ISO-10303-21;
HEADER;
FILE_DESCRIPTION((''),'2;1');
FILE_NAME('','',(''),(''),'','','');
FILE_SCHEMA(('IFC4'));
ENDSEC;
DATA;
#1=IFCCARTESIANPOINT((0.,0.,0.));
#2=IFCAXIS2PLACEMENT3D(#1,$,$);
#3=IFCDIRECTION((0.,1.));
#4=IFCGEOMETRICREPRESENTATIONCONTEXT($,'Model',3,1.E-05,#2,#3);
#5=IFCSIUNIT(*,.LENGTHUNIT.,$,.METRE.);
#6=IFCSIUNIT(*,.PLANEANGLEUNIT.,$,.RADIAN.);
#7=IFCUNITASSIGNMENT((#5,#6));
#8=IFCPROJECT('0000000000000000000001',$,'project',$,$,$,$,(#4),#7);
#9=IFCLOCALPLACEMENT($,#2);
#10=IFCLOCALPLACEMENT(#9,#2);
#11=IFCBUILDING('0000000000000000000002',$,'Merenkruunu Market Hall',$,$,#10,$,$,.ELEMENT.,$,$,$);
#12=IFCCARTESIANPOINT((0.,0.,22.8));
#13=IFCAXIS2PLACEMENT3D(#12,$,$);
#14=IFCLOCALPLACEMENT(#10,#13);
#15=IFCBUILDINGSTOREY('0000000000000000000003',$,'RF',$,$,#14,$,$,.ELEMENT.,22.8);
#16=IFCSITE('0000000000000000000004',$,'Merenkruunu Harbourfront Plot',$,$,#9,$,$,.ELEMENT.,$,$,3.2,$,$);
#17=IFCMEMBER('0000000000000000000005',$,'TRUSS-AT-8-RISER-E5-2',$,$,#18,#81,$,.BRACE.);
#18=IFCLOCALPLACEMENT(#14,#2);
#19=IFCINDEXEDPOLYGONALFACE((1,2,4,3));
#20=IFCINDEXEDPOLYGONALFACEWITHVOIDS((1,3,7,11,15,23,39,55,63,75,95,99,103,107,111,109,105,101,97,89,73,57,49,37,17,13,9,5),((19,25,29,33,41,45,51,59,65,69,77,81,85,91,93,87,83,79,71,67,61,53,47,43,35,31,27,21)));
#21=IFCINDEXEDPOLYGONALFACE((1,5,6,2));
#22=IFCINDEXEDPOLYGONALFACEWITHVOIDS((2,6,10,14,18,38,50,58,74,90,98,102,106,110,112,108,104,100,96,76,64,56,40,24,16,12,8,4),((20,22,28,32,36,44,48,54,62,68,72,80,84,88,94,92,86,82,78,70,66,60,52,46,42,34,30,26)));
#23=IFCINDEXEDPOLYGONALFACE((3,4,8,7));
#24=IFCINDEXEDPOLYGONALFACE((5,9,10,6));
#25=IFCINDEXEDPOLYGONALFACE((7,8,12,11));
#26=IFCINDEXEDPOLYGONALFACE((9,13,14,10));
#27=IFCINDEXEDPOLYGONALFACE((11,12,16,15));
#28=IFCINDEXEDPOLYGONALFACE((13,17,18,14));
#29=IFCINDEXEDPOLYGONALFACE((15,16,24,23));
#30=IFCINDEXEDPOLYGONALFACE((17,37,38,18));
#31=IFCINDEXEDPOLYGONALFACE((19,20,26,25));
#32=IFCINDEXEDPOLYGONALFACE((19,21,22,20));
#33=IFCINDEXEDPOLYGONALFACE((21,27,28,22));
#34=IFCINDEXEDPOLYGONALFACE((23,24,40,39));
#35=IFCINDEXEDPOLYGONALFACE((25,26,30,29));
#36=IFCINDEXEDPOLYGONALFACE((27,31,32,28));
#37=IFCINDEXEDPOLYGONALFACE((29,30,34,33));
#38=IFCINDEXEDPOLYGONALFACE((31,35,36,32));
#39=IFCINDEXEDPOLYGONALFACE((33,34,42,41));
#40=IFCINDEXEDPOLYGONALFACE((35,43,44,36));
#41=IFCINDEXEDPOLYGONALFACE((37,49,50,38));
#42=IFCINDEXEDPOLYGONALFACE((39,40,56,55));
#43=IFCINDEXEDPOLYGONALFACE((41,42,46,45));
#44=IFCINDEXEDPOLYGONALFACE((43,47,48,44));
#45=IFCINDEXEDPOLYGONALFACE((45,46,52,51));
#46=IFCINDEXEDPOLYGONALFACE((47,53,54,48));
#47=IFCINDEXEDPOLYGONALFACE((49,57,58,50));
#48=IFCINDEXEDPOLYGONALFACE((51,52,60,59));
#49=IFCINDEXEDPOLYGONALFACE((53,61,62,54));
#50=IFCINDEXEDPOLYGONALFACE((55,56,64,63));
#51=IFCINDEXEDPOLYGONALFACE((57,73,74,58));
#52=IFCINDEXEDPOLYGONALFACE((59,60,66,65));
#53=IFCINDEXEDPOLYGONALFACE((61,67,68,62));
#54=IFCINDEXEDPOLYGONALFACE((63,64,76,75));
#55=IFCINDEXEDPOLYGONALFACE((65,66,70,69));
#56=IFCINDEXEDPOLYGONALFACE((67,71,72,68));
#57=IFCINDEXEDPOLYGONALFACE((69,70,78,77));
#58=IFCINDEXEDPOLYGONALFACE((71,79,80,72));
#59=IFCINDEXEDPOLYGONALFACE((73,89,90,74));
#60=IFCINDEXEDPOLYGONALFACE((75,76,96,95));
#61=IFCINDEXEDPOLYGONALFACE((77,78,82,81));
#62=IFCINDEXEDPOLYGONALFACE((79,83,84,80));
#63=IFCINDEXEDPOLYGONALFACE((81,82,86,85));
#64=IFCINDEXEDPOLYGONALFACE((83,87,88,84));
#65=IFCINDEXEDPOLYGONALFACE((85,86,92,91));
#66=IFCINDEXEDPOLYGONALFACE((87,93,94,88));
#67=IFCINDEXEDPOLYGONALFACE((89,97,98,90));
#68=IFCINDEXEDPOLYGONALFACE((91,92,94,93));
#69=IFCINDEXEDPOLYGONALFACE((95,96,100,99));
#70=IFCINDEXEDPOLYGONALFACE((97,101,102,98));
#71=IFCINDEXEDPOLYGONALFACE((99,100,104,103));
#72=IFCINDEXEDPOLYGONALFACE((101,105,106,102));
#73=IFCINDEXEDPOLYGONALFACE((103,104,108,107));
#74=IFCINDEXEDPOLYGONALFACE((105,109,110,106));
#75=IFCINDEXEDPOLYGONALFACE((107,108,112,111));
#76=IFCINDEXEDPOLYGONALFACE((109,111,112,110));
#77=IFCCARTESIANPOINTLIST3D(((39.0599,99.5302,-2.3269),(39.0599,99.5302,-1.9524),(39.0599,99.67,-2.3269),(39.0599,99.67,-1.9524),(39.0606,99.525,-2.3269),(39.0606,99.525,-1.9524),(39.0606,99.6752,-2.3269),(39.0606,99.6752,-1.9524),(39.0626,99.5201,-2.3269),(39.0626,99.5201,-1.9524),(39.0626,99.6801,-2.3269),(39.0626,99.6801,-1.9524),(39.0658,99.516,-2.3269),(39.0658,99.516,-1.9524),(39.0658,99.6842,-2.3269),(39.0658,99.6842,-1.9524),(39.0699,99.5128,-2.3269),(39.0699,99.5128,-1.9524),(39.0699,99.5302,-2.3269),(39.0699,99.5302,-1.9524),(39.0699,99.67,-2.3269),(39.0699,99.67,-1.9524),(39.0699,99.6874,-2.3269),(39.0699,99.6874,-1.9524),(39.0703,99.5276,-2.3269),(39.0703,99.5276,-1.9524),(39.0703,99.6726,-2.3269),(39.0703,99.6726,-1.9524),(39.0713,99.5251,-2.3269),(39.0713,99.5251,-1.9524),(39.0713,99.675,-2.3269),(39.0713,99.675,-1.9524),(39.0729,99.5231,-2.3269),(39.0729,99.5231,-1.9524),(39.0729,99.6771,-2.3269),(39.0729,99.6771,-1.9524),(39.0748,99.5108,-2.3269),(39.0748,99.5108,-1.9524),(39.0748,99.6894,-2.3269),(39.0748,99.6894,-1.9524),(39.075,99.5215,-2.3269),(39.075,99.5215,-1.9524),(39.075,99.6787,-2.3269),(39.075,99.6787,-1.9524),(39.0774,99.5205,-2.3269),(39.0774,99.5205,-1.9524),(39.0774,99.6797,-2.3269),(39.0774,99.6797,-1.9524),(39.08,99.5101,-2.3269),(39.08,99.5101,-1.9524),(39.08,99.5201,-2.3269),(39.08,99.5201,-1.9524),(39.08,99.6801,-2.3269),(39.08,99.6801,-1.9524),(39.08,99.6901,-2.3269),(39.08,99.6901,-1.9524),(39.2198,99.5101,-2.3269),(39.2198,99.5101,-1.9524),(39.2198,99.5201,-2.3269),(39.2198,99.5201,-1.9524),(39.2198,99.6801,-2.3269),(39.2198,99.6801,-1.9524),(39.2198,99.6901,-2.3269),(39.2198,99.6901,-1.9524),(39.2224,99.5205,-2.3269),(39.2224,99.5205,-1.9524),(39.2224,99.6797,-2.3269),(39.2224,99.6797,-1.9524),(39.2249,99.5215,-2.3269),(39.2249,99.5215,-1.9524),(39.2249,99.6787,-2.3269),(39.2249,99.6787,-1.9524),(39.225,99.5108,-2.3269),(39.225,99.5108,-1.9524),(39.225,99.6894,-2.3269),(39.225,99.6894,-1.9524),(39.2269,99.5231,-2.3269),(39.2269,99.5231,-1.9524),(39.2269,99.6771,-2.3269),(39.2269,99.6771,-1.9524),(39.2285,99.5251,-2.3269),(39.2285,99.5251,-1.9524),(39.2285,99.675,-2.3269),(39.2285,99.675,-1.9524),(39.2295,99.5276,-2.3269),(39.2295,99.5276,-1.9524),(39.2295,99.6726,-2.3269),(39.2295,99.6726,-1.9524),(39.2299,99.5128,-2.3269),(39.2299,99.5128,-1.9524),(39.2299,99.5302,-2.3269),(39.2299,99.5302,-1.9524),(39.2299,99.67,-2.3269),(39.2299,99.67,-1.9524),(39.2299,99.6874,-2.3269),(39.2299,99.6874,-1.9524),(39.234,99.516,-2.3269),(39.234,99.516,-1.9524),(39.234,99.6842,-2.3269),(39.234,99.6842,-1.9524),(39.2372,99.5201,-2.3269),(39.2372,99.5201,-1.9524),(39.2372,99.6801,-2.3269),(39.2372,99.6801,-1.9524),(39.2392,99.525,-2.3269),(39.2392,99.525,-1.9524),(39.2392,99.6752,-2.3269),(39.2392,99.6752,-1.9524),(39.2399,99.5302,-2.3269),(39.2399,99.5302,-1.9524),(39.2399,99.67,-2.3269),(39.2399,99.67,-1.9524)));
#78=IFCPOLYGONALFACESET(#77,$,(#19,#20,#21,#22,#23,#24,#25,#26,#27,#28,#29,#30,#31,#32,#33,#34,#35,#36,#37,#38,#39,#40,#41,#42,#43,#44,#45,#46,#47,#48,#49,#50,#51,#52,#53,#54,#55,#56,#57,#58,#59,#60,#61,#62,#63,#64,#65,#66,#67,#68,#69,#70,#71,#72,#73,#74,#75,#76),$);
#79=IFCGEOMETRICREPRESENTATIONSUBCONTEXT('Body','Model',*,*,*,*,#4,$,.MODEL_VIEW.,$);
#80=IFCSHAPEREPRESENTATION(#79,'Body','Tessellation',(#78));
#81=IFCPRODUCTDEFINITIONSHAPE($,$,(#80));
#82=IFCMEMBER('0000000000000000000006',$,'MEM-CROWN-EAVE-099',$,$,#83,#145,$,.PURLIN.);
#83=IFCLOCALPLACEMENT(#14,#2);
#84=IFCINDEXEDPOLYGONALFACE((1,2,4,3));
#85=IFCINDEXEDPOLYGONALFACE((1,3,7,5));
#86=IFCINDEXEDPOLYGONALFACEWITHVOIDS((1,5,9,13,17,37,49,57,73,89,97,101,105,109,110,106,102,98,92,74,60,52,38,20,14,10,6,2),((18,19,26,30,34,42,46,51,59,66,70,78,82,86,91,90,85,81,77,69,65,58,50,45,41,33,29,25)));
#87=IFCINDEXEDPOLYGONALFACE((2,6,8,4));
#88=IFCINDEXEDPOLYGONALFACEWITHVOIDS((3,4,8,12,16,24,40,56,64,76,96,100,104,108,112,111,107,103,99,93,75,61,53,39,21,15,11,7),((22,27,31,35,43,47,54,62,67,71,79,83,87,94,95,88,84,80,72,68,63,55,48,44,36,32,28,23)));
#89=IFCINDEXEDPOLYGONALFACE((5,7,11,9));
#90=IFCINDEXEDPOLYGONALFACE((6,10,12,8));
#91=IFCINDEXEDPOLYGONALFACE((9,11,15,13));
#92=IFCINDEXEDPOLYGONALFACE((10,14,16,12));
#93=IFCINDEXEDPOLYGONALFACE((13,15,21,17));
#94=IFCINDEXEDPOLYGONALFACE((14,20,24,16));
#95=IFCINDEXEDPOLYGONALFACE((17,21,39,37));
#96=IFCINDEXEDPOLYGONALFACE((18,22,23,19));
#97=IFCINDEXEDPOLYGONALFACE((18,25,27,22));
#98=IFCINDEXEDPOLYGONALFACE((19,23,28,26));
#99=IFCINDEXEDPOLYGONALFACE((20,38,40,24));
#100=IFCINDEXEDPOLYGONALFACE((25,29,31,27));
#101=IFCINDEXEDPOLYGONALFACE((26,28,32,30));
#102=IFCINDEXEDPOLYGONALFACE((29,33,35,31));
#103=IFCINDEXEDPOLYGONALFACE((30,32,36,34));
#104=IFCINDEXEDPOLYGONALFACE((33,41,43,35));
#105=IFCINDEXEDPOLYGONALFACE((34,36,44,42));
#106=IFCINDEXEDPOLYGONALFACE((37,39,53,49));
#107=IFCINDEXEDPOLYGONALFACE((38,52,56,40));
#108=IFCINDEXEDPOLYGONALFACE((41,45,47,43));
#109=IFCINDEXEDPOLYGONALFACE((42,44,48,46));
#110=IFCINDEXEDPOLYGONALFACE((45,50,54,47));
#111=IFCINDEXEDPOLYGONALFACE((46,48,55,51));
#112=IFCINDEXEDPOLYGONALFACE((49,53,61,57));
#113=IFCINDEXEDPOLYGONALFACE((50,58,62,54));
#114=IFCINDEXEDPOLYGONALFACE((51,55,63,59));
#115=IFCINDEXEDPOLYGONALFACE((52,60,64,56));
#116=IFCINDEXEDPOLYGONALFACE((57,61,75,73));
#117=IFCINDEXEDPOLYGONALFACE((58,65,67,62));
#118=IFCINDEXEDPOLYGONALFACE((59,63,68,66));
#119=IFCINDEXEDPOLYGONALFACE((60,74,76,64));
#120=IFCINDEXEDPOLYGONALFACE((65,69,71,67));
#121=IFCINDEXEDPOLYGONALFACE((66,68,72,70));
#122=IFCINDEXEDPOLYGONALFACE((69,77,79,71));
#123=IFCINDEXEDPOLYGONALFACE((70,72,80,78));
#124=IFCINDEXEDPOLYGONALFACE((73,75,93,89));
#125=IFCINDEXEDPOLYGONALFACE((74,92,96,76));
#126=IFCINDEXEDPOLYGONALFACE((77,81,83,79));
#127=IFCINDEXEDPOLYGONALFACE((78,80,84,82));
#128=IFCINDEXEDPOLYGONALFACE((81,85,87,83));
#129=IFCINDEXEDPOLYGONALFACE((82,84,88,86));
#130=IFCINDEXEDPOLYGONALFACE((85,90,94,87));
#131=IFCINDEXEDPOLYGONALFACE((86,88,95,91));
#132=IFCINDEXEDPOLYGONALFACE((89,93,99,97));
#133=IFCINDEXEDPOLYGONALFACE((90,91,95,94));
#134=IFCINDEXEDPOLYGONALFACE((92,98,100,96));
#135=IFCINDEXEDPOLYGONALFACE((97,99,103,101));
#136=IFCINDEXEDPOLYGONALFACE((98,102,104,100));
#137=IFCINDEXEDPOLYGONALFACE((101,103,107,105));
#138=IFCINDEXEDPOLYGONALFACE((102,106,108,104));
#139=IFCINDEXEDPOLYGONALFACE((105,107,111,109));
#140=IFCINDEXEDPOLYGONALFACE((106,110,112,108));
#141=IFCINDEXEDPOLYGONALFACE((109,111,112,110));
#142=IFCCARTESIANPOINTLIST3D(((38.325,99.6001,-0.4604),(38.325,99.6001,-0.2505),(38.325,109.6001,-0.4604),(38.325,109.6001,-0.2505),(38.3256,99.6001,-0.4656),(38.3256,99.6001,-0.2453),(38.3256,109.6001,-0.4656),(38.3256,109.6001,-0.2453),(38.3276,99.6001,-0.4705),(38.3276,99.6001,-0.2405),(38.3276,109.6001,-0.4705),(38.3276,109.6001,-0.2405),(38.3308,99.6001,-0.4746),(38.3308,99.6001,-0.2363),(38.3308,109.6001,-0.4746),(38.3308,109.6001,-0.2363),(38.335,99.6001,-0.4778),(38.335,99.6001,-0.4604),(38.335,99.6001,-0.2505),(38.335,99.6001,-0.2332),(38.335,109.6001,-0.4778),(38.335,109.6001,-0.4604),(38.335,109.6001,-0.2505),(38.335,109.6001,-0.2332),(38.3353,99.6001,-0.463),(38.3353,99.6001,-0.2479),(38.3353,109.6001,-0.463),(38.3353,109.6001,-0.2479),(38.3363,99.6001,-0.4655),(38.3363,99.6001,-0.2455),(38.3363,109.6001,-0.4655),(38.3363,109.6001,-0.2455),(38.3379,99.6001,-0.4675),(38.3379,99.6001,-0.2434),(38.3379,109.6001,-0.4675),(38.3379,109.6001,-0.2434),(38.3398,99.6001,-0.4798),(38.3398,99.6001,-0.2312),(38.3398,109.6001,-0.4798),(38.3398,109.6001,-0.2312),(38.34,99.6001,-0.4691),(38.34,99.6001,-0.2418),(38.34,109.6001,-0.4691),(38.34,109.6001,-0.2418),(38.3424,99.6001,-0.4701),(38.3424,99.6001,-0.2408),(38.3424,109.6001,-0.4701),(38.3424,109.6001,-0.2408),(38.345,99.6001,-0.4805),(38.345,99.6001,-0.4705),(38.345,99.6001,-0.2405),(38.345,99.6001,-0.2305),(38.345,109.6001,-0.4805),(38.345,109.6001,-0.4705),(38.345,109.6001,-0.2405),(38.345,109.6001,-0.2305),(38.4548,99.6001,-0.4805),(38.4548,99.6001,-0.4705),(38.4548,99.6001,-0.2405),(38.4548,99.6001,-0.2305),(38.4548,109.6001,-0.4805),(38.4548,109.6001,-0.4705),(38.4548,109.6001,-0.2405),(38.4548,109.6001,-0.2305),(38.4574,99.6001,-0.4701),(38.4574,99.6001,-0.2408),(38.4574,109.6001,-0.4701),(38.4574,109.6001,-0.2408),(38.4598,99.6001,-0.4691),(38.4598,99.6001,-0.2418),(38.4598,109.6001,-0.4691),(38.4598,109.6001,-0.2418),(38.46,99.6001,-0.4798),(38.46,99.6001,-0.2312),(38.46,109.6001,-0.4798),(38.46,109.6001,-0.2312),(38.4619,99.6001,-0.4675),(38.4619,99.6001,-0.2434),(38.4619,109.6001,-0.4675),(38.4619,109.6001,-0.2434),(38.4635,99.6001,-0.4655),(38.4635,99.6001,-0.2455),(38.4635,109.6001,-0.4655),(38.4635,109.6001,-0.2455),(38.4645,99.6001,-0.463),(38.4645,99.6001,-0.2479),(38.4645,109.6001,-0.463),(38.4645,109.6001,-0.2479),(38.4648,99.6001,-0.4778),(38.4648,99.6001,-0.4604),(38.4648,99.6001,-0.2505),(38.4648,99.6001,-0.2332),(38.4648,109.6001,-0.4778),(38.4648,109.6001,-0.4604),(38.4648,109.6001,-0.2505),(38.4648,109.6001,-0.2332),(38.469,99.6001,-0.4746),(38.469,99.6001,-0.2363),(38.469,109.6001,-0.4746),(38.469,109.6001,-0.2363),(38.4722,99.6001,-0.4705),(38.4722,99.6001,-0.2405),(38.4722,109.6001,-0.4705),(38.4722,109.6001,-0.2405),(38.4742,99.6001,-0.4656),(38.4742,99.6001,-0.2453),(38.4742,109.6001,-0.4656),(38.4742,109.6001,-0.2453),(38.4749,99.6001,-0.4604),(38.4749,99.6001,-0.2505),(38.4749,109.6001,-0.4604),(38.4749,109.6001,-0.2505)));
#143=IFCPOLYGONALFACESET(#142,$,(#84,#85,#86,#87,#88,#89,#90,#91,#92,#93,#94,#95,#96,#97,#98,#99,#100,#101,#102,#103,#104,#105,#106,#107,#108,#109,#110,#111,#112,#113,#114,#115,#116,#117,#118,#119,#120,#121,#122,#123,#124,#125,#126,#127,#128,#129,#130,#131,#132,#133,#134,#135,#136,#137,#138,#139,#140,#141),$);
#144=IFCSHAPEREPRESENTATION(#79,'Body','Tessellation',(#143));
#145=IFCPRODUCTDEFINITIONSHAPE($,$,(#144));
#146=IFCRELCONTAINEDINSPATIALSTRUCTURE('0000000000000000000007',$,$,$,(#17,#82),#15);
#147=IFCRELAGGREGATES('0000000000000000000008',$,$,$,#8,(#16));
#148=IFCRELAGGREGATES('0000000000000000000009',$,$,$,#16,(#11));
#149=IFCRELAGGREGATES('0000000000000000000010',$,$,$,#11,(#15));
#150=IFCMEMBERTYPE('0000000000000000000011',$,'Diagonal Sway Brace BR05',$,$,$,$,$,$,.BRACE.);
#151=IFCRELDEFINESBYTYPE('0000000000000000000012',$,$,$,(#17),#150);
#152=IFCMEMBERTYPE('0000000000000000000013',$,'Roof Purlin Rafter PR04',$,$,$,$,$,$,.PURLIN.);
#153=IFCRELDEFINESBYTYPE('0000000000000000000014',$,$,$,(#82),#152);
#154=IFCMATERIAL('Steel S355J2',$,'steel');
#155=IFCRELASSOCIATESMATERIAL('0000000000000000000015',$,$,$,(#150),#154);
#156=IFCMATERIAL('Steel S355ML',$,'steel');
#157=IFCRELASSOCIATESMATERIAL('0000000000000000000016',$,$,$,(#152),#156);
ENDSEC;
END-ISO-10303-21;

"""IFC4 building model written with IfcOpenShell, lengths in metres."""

from ifc_helpers import new_model, si_unit, direction, frame, origin, origin_2d, place, context, subcontext, project, spatial, hollow_rectangle, extrude, material, material_profile, profile_set, type_object, element, save


model = new_model("IFC4")

# Units and contexts
model_context = context("Model", 3, precision=1e-05, world=origin(), true_north=direction((0.0, 1.0)))
body_context = subcontext(model_context, "Body", "Model", "MODEL_VIEW")
ifc_project = project(units=[si_unit("LENGTHUNIT", "METRE"), si_unit("PLANEANGLEUNIT", "RADIAN")], contexts=[model_context])

# Site, building, storey
site_placement = place(None, origin())
site = spatial("IfcSite", under=ifc_project, at=site_placement, Name="Merenkruunu Harbourfront Plot", CompositionType="ELEMENT", RefElevation=3.2)
building_placement = place(site_placement, origin())
building = spatial("IfcBuilding", under=site, at=building_placement, Name="Merenkruunu Market Hall", CompositionType="ELEMENT")
storey_placement = place(building_placement, frame((0.0, 0.0, 22.8)))
storey = spatial("IfcBuildingStorey", under=building, at=storey_placement, Name="RF", CompositionType="ELEMENT", Elevation=22.8)

# Shared definitions
ifc_material_1 = material(Name="Steel S355ML", Category="steel")

# Members
ifc_material_2 = material(Name="Steel S355J2", Category="steel")
ifc_material_profile_1 = material_profile(ifc_material_2, hollow_rectangle(XDim=0.1799, YDim=0.1799, WallThickness=0.01, InnerFilletRadius=0.01, OuterFilletRadius=0.02, at=origin_2d()), Name="SHS 180x180x10")
ifc_profile_set_1 = profile_set([ifc_material_profile_1], Name="Steel S355J2")
member_type_1 = type_object("IfcMemberType", Name="Diagonal Sway Brace BR05", PredefinedType="BRACE", material=ifc_profile_set_1)
member_1_placement = place(storey_placement, frame((39.1499, 99.6001, -2.3269), z_axis=(0.0, 0.0, 1.0), x_axis=(1.0, 0.0, 0.0)))
element("IfcMember", 1, at=member_1_placement, inside=storey, type_object=member_type_1, Name="TRUSS-AT-8-RISER-E5-2", PredefinedType="BRACE", context=body_context, shape_type="SweptSolid", body=[
    extrude(hollow_rectangle(XDim=0.1799, YDim=0.1799, WallThickness=0.01, InnerFilletRadius=0.01, OuterFilletRadius=0.02, at=origin_2d()), origin(), (0.0, 0.0, 1.0), 0.3745),
])
ifc_material_profile_2 = material_profile(ifc_material_1, hollow_rectangle(XDim=0.1499, YDim=0.25, WallThickness=0.01, InnerFilletRadius=0.01, OuterFilletRadius=0.02, at=origin_2d()), Name="RHS 250x150x10")
ifc_profile_set_2 = profile_set([ifc_material_profile_2], Name="Steel S355ML")
member_type_2 = type_object("IfcMemberType", Name="Roof Purlin Rafter PR04", PredefinedType="PURLIN", material=ifc_profile_set_2)
member_2_placement = place(storey_placement, frame((38.3999, 99.6001, -0.3555), z_axis=(0.0, 1.0, 0.0), x_axis=(-1.0, 0.0, 0.0)))
element("IfcMember", 2, at=member_2_placement, inside=storey, type_object=member_type_2, Name="MEM-CROWN-EAVE-099", PredefinedType="PURLIN", context=body_context, shape_type="SweptSolid", body=[
    extrude(hollow_rectangle(XDim=0.1499, YDim=0.25, WallThickness=0.01, InnerFilletRadius=0.01, OuterFilletRadius=0.02, at=origin_2d()), origin(), (0.0, 0.0, 1.0), 10.0),
])

save(model, "model.ifc")
